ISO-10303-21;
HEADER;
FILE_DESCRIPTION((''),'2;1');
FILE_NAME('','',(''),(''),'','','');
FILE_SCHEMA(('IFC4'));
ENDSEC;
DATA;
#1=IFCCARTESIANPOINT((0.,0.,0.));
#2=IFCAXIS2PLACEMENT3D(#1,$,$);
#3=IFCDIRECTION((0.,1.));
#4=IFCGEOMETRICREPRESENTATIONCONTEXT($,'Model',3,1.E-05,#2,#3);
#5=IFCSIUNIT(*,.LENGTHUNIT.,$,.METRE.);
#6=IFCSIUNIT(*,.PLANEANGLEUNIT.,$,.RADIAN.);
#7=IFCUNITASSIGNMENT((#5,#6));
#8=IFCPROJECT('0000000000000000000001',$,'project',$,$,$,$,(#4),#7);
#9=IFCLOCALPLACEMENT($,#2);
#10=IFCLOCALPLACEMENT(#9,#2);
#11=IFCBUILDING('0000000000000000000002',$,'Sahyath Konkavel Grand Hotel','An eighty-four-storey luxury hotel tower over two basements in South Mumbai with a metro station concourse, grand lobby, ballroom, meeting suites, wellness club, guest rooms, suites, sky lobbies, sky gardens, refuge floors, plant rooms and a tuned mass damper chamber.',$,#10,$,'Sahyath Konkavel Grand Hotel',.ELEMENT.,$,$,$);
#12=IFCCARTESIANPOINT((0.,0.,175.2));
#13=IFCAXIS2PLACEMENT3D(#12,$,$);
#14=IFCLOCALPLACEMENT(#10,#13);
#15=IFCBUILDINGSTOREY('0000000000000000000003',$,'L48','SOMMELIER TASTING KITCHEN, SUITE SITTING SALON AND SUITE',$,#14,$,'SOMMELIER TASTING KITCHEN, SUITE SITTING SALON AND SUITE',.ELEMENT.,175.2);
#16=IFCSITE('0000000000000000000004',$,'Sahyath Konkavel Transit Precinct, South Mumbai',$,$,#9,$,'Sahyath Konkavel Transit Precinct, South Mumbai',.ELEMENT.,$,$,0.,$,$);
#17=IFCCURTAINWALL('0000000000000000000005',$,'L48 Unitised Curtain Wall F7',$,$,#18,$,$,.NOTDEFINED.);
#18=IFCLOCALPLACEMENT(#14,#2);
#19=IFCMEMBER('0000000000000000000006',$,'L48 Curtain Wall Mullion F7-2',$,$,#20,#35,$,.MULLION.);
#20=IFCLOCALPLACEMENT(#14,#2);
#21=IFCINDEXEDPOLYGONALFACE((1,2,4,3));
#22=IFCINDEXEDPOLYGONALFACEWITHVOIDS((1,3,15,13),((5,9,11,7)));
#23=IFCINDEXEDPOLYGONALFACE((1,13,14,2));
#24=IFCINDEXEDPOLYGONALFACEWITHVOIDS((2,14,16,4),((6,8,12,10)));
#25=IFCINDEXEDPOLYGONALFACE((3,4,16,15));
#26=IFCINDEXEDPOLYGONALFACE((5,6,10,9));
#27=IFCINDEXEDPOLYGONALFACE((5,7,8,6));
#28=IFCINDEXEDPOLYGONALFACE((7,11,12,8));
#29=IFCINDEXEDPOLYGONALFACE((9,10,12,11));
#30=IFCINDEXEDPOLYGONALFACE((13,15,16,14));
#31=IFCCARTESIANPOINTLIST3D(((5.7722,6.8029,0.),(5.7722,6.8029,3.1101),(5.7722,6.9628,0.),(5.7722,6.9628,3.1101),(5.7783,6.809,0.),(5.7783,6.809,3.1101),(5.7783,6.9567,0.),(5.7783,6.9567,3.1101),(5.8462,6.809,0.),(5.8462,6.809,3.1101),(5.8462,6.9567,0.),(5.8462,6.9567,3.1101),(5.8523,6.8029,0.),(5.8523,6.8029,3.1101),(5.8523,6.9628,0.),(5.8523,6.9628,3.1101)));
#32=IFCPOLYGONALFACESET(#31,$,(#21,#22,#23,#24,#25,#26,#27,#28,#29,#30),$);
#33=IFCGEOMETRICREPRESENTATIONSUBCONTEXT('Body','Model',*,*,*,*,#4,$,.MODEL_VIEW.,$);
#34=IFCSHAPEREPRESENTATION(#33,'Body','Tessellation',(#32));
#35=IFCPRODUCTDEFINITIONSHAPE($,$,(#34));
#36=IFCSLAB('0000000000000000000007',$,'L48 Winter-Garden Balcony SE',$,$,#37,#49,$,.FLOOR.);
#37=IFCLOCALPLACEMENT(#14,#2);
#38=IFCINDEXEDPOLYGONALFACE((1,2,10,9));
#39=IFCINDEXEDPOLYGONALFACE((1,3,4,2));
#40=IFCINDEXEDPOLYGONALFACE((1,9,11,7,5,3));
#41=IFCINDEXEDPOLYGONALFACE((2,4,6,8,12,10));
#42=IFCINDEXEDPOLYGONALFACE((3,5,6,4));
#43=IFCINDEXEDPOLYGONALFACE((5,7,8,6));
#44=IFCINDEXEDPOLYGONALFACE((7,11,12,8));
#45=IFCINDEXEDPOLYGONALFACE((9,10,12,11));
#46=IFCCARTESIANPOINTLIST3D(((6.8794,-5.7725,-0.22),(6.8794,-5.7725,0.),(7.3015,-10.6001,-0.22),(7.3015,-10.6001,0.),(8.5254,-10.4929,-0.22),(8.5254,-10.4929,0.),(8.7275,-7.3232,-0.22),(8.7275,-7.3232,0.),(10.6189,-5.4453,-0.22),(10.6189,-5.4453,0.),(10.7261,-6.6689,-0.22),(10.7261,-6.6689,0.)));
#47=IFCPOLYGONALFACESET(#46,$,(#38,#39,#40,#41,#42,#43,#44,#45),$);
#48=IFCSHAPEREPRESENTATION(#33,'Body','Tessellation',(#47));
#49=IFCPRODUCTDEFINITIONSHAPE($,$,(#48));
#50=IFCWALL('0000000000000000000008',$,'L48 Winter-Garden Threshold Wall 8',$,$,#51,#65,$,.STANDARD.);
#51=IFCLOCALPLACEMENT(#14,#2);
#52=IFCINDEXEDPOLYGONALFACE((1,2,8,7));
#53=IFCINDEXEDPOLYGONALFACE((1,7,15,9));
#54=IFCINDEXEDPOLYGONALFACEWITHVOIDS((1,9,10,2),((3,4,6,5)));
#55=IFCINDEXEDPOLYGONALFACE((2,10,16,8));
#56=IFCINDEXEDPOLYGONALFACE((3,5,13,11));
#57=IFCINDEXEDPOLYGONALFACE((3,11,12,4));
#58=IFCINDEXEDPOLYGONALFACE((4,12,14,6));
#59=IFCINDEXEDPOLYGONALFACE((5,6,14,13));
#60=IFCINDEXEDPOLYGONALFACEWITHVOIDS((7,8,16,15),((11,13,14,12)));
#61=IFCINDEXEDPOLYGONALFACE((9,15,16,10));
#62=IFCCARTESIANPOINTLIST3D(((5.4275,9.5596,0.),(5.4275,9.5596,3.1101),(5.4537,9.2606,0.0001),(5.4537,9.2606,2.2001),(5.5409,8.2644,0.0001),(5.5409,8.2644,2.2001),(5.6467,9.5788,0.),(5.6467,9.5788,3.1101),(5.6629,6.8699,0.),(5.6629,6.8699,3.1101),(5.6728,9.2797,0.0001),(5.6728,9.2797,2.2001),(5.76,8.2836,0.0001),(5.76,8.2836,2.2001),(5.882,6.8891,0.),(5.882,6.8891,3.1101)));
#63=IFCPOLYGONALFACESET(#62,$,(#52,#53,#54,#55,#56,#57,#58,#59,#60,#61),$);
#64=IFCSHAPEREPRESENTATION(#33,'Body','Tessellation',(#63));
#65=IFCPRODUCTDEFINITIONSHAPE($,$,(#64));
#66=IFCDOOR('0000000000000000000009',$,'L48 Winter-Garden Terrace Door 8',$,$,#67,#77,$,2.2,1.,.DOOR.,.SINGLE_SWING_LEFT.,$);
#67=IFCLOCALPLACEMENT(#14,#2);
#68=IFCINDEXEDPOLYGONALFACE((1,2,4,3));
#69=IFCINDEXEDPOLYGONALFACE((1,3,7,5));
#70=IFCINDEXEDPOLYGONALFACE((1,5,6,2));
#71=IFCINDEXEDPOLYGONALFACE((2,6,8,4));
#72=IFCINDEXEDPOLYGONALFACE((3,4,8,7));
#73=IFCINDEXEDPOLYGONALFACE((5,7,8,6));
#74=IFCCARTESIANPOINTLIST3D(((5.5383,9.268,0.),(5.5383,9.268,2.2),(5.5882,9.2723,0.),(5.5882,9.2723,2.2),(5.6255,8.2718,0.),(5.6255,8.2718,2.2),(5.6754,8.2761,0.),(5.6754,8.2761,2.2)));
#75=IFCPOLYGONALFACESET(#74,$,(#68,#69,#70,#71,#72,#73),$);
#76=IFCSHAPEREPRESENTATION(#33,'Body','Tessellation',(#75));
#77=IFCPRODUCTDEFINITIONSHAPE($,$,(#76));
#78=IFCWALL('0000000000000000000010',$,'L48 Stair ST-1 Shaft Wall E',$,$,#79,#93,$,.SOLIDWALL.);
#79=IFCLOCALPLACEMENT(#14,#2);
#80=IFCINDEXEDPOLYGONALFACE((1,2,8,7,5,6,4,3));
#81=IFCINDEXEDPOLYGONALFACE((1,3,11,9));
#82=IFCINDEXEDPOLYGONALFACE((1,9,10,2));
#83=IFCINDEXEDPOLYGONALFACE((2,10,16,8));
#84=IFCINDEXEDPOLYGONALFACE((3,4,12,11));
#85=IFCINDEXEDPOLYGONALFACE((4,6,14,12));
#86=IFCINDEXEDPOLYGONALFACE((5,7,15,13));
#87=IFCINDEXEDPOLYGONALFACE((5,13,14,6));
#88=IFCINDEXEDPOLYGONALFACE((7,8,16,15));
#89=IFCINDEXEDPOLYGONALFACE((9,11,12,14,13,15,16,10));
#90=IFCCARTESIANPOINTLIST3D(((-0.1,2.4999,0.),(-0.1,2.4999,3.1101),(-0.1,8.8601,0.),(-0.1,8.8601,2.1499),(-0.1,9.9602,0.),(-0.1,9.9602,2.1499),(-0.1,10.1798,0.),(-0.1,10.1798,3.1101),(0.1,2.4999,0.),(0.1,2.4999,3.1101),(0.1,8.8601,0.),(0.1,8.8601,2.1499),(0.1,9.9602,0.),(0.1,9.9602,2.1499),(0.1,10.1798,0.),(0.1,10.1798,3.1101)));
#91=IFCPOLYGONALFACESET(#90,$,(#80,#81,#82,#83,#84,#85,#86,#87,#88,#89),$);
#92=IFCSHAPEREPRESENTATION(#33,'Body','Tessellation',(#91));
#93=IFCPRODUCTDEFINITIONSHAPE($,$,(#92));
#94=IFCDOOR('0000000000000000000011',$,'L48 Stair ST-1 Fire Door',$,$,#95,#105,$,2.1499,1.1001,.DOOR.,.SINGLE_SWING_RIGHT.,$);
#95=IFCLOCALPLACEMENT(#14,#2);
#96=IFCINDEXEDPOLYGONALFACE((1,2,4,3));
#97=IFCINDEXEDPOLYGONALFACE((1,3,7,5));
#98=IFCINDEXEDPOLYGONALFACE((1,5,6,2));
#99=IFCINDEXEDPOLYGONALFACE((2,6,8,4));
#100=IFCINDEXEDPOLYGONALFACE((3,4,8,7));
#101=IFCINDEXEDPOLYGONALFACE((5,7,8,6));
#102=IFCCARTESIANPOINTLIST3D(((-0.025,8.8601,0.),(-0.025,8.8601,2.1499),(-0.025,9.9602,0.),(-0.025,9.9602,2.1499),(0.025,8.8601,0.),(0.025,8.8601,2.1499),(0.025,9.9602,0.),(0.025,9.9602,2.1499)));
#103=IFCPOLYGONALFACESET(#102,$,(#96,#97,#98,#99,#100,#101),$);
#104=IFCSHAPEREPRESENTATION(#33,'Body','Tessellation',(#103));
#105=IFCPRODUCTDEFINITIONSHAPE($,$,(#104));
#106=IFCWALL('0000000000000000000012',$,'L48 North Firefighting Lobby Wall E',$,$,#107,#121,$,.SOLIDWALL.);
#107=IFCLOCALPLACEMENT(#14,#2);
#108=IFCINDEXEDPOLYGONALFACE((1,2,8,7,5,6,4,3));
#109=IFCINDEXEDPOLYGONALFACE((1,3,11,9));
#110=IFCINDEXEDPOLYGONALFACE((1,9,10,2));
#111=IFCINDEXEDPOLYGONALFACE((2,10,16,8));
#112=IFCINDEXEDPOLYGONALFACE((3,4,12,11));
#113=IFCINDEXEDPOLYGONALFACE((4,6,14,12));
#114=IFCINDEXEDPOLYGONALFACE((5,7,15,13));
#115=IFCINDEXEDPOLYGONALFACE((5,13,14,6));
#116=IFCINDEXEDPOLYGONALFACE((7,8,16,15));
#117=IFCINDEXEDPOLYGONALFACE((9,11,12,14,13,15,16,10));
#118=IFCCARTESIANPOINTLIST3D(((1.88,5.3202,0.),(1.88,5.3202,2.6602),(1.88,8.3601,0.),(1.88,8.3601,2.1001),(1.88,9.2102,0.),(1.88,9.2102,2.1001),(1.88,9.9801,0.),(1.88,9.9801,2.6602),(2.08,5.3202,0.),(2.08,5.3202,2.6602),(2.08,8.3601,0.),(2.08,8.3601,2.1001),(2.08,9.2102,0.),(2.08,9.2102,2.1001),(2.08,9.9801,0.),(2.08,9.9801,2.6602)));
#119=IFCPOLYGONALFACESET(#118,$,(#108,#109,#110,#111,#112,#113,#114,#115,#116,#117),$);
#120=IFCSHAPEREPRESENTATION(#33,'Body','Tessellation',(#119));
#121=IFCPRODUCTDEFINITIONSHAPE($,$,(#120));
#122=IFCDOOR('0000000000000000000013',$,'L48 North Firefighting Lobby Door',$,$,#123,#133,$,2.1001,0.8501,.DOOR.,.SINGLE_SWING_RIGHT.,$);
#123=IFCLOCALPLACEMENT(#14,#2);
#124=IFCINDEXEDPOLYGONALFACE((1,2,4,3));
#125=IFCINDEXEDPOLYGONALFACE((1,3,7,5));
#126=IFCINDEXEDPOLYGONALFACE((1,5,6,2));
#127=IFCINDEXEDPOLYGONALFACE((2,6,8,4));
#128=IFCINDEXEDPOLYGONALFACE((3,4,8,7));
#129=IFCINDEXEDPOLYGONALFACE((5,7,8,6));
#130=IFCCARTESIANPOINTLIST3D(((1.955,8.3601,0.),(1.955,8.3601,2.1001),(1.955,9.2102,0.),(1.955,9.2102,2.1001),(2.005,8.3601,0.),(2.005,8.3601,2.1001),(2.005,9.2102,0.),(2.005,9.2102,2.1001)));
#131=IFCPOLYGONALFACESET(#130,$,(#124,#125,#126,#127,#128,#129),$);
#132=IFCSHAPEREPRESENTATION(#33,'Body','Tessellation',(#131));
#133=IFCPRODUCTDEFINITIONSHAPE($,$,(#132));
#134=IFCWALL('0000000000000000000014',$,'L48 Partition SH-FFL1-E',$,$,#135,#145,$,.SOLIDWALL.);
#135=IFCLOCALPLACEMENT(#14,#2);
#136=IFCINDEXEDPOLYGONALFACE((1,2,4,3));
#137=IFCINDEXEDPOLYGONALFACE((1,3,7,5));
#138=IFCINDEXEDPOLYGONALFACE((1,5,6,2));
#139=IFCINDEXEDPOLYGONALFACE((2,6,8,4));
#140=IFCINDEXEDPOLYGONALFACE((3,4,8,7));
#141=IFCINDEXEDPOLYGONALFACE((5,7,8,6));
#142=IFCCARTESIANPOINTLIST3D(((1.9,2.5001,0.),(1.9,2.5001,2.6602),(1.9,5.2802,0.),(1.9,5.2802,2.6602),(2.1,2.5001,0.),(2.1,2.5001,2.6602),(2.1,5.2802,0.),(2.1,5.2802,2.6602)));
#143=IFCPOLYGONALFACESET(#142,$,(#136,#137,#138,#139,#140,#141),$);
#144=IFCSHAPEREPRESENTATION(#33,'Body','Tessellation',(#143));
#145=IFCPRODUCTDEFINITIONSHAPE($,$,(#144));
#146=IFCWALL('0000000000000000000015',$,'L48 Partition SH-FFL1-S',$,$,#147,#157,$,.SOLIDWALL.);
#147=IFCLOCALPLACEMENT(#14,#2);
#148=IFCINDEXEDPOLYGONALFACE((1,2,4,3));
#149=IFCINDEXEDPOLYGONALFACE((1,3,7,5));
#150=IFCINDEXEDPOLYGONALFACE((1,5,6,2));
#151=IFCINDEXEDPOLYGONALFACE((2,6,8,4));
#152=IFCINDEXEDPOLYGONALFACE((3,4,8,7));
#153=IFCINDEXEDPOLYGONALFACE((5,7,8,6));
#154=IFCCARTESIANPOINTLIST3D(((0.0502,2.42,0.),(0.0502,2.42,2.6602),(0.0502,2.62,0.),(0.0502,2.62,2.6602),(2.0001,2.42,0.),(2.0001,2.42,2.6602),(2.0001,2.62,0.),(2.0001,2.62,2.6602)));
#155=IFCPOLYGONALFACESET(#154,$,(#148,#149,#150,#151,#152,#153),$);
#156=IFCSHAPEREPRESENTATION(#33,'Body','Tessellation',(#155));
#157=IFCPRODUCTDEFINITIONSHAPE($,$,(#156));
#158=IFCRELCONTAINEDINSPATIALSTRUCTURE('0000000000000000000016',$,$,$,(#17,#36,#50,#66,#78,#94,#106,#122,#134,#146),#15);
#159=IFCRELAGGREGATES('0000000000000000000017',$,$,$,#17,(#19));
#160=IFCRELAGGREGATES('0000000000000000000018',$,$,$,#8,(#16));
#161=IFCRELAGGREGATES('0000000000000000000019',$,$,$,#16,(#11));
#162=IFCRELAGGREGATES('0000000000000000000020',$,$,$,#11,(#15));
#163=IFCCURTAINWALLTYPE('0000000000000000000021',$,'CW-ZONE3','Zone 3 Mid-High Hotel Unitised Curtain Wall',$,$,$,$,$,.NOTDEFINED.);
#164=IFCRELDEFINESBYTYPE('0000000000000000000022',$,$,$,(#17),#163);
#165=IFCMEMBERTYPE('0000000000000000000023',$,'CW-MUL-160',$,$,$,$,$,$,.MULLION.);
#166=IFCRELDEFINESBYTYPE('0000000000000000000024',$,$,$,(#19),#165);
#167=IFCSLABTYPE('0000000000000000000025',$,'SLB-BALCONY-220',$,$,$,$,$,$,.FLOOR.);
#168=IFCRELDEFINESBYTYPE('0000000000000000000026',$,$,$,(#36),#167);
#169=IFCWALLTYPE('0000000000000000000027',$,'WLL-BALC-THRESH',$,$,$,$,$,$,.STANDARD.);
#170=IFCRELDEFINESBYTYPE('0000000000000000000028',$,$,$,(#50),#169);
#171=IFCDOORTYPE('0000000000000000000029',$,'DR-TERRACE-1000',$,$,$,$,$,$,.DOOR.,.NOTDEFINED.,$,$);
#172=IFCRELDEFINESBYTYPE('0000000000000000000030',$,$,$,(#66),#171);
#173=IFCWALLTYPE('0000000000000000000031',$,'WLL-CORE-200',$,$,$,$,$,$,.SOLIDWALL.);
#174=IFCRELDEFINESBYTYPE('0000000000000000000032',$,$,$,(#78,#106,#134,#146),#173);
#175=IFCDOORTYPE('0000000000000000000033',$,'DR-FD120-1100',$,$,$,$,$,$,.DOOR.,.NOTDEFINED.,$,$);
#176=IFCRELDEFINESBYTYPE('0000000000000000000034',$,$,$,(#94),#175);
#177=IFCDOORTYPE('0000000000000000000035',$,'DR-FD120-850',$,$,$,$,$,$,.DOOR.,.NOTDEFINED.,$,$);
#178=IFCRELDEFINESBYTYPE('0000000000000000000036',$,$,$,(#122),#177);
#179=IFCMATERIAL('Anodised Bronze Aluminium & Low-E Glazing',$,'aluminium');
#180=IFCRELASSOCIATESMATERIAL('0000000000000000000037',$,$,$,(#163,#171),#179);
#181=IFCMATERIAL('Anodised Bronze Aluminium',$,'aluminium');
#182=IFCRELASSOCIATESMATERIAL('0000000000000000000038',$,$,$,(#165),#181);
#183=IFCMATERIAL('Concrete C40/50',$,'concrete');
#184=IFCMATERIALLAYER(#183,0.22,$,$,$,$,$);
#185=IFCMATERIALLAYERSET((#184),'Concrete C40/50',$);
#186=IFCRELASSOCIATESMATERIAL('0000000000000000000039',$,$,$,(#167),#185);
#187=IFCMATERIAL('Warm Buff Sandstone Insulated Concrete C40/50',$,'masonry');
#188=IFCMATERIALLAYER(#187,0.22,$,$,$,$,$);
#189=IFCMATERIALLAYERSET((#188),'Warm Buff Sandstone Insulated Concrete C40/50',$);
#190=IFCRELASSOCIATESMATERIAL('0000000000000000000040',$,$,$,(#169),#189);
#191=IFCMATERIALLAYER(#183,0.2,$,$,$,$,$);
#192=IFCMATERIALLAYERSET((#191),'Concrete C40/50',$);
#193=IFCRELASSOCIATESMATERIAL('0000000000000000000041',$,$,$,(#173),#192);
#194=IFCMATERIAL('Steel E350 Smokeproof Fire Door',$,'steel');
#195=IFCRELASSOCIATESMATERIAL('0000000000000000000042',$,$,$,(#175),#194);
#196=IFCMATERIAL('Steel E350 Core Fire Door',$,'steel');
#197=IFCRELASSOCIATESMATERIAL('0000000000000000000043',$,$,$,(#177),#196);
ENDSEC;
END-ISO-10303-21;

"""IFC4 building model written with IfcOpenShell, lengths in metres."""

from ifc_helpers import new_model, si_unit, direction, frame, frame_2d, origin, origin_2d, place, context, subcontext, project, spatial, polyline, rectangle, hollow_rectangle, outline, extrude, source, transform, mapped, material, layer, layer_set, material_profile, profile_set, type_object, element, fill, aggregate, save


model = new_model("IFC4")

# Units and contexts
model_context = context("Model", 3, precision=1e-05, world=origin(), true_north=direction((0.0, 1.0)))
body_context = subcontext(model_context, "Body", "Model", "MODEL_VIEW")
ifc_project = project(units=[si_unit("LENGTHUNIT", "METRE"), si_unit("PLANEANGLEUNIT", "RADIAN")], contexts=[model_context])

# Site, building, storey
site_placement = place(None, origin())
site = spatial("IfcSite", under=ifc_project, at=site_placement, Name="Sahyath Konkavel Transit Precinct, South Mumbai", LongName="Sahyath Konkavel Transit Precinct, South Mumbai", CompositionType="ELEMENT", RefElevation=0.0)
building_placement = place(site_placement, origin())
building = spatial("IfcBuilding", under=site, at=building_placement, Name="Sahyath Konkavel Grand Hotel", Description="An eighty-four-storey luxury hotel tower over two basements in South Mumbai with a metro station concourse, grand lobby, ballroom, meeting suites, wellness club, guest rooms, suites, sky lobbies, sky gardens, refuge floors, plant rooms and a tuned mass damper chamber.", LongName="Sahyath Konkavel Grand Hotel", CompositionType="ELEMENT")
storey_placement = place(building_placement, frame((0.0, 0.0, 175.2)))
storey = spatial("IfcBuildingStorey", under=building, at=storey_placement, Name="L48", Description="SOMMELIER TASTING KITCHEN, SUITE SITTING SALON AND SUITE", LongName="SOMMELIER TASTING KITCHEN, SUITE SITTING SALON AND SUITE", CompositionType="ELEMENT", Elevation=175.2)

# Curtain wall, member
ifc_material_1 = material(Name="Anodised Bronze Aluminium & Low-E Glazing", Category="aluminium")
curtain_wall_type = type_object("IfcCurtainWallType", Name="CW-ZONE3", Description="Zone 3 Mid-High Hotel Unitised Curtain Wall", PredefinedType="NOTDEFINED", material=ifc_material_1)
curtain_wall_placement = place(storey_placement, origin())
curtain_wall = element("IfcCurtainWall", 1, at=curtain_wall_placement, inside=storey, type_object=curtain_wall_type, Name="L48 Unitised Curtain Wall F7", PredefinedType="NOTDEFINED")
ifc_material_2 = material(Name="Anodised Bronze Aluminium", Category="aluminium")
ifc_material_profile_1 = material_profile(ifc_material_2, hollow_rectangle(XDim=0.0801, YDim=0.1599, WallThickness=0.0061, at=origin_2d()), Name="RHS 160x80x6")
ifc_profile_set_1 = profile_set([ifc_material_profile_1], Name="Anodised Bronze Aluminium")
member_type = type_object("IfcMemberType", Name="CW-MUL-160", PredefinedType="MULLION", material=ifc_profile_set_1)
shared_shape_1 = source(origin(), body_context, "Body", "SweptSolid", [
    extrude(hollow_rectangle(XDim=0.0801, YDim=0.1599, WallThickness=0.0061, at=origin_2d()), origin(), (0.0, 0.0, 1.0), 3.1101),
])
member_placement = place(storey_placement, frame((5.8123, 6.8828, 0.0), z_axis=(0.0, 0.0, 1.0), x_axis=(1.0, 0.0, 0.0)))
member = element("IfcMember", 2, at=member_placement, type_object=member_type, Name="L48 Curtain Wall Mullion F7-2", PredefinedType="MULLION", context=body_context, shape_type="MappedRepresentation", body=[
    mapped(shared_shape_1, transform((0.0, 0.0, 0.0), scale=1.0)),
])
aggregate(curtain_wall, [member])

# Slab
ifc_material_3 = material(Name="Concrete C40/50", Category="concrete")
ifc_layer_1 = layer(ifc_material_3, 0.22)
ifc_layer_set_1 = layer_set([ifc_layer_1], Name="Concrete C40/50")
slab_type = type_object("IfcSlabType", Name="SLB-BALCONY-220", PredefinedType="FLOOR", material=ifc_layer_set_1)
slab_placement = place(storey_placement, frame((0.0, 0.0, -0.22)))
element("IfcSlab", 3, at=slab_placement, inside=storey, type_object=slab_type, Name="L48 Winter-Garden Balcony SE", PredefinedType="FLOOR", context=body_context, shape_type="SweptSolid", body=[
    extrude(outline(polyline([(6.8794, -5.7725), (7.3015, -10.6001), (8.5254, -10.4929), (8.7275, -7.3232), (10.7261, -6.6689), (10.6189, -5.4453), (6.8794, -5.7725)])), origin(), (0.0, 0.0, 1.0), 0.22),
])

# Walls, openings, doors
ifc_material_4 = material(Name="Warm Buff Sandstone Insulated Concrete C40/50", Category="masonry")
ifc_layer_2 = layer(ifc_material_4, 0.22)
ifc_layer_set_2 = layer_set([ifc_layer_2], Name="Warm Buff Sandstone Insulated Concrete C40/50")
wall_type_1 = type_object("IfcWallType", Name="WLL-BALC-THRESH", PredefinedType="STANDARD", material=ifc_layer_set_2)
wall_1_placement = place(storey_placement, frame((5.7725, 6.8794, 0.0), z_axis=(0.0, 0.0, 1.0), x_axis=(-0.087168, 0.996194, 0.0)))
wall_1 = element("IfcWall", 4, at=wall_1_placement, inside=storey, type_object=wall_type_1, Name="L48 Winter-Garden Threshold Wall 8", PredefinedType="STANDARD", context=body_context, shape_type="SweptSolid", body=[
    extrude(rectangle(XDim=2.7, YDim=0.22, at=frame_2d((1.3501, 0.0))), origin(), (0.0, 0.0, 1.0), 3.1101),
])
opening_1_placement = place(wall_1_placement, frame((1.3999, 0.0, 0.0)))
opening_1 = element("IfcOpeningElement", 5, at=opening_1_placement, cuts=wall_1, PredefinedType="OPENING", context=body_context, shape_type="SweptSolid", body=[
    extrude(rectangle(XDim=1.0, YDim=2.2, at=frame_2d((0.5, 1.1001))), frame((0.0, 0.1201, 0.0), z_axis=(0.0, -1.0, 0.0), x_axis=(1.0, 0.0, 0.0)), (0.0, 0.0, 1.0), 0.24),
])
door_type_1 = type_object("IfcDoorType", Name="DR-TERRACE-1000", OperationType="NOTDEFINED", PredefinedType="DOOR", material=ifc_material_1)
shared_shape_2 = source(origin(), body_context, "Body", "SweptSolid", [
    extrude(rectangle(XDim=1.0, YDim=0.05, at=origin_2d()), origin(), (0.0, 0.0, 1.0), 2.2),
])
door_1_placement = place(opening_1_placement, frame((0.5, 0.0, 0.0)))
door_1 = element("IfcDoor", 6, at=door_1_placement, inside=storey, type_object=door_type_1, Name="L48 Winter-Garden Terrace Door 8", OperationType="SINGLE_SWING_LEFT", OverallHeight=2.2, OverallWidth=1.0, PredefinedType="DOOR", context=body_context, shape_type="MappedRepresentation", body=[
    mapped(shared_shape_2, transform((0.0, 0.0, 0.0), scale=1.0)),
])
fill(opening_1, door_1)
ifc_layer_3 = layer(ifc_material_3, 0.2)
ifc_layer_set_3 = layer_set([ifc_layer_3], Name="Concrete C40/50")
wall_type_2 = type_object("IfcWallType", Name="WLL-CORE-200", PredefinedType="SOLIDWALL", material=ifc_layer_set_3)
wall_2_placement = place(storey_placement, frame((0.0, 2.5, 0.0), z_axis=(0.0, 0.0, 1.0), x_axis=(0.0, 1.0, 0.0)))
wall_2 = element("IfcWall", 7, at=wall_2_placement, inside=storey, type_object=wall_type_2, Name="L48 Stair ST-1 Shaft Wall E", PredefinedType="SOLIDWALL", context=body_context, shape_type="SweptSolid", body=[
    extrude(rectangle(XDim=7.6799, YDim=0.2, at=frame_2d((3.8398, 0.0))), origin(), (0.0, 0.0, 1.0), 3.1101),
])
opening_2_placement = place(wall_2_placement, frame((6.3601, 0.0, 0.0)))
opening_2 = element("IfcOpeningElement", 8, at=opening_2_placement, cuts=wall_2, PredefinedType="OPENING", context=body_context, shape_type="SweptSolid", body=[
    extrude(rectangle(XDim=1.1001, YDim=2.1499, at=frame_2d((0.55, 1.075))), frame((0.0, 0.1099, 0.0), z_axis=(0.0, -1.0, 0.0), x_axis=(1.0, 0.0, 0.0)), (0.0, 0.0, 1.0), 0.22),
])
ifc_material_5 = material(Name="Steel E350 Smokeproof Fire Door", Category="steel")
door_type_2 = type_object("IfcDoorType", Name="DR-FD120-1100", OperationType="NOTDEFINED", PredefinedType="DOOR", material=ifc_material_5)
shared_shape_3 = source(origin(), body_context, "Body", "SweptSolid", [
    extrude(rectangle(XDim=1.1001, YDim=0.05, at=origin_2d()), origin(), (0.0, 0.0, 1.0), 2.1499),
])
door_2_placement = place(opening_2_placement, frame((0.55, 0.0, 0.0)))
door_2 = element("IfcDoor", 9, at=door_2_placement, inside=storey, type_object=door_type_2, Name="L48 Stair ST-1 Fire Door", OperationType="SINGLE_SWING_RIGHT", OverallHeight=2.1499, OverallWidth=1.1001, PredefinedType="DOOR", context=body_context, shape_type="MappedRepresentation", body=[
    mapped(shared_shape_3, transform((0.0, 0.0, 0.0), scale=1.0)),
])
fill(opening_2, door_2)
wall_3_placement = place(storey_placement, frame((1.98, 5.3201, 0.0), z_axis=(0.0, 0.0, 1.0), x_axis=(0.0, 1.0, 0.0)))
wall_3 = element("IfcWall", 10, at=wall_3_placement, inside=storey, type_object=wall_type_2, Name="L48 North Firefighting Lobby Wall E", PredefinedType="SOLIDWALL", context=body_context, shape_type="SweptSolid", body=[
    extrude(rectangle(XDim=4.6599, YDim=0.2, at=frame_2d((2.3301, 0.0))), origin(), (0.0, 0.0, 1.0), 2.6602),
])
opening_3_placement = place(wall_3_placement, frame((3.04, 0.0, 0.0)))
opening_3 = element("IfcOpeningElement", 11, at=opening_3_placement, cuts=wall_3, PredefinedType="OPENING", context=body_context, shape_type="SweptSolid", body=[
    extrude(rectangle(XDim=0.8501, YDim=2.1001, at=frame_2d((0.425, 1.05))), frame((0.0, 0.1099, 0.0), z_axis=(0.0, -1.0, 0.0), x_axis=(1.0, 0.0, 0.0)), (0.0, 0.0, 1.0), 0.22),
])
ifc_material_6 = material(Name="Steel E350 Core Fire Door", Category="steel")
door_type_3 = type_object("IfcDoorType", Name="DR-FD120-850", OperationType="NOTDEFINED", PredefinedType="DOOR", material=ifc_material_6)
shared_shape_4 = source(origin(), body_context, "Body", "SweptSolid", [
    extrude(rectangle(XDim=0.8501, YDim=0.05, at=origin_2d()), origin(), (0.0, 0.0, 1.0), 2.1001),
])
door_3_placement = place(opening_3_placement, frame((0.425, 0.0, 0.0)))
door_3 = element("IfcDoor", 12, at=door_3_placement, inside=storey, type_object=door_type_3, Name="L48 North Firefighting Lobby Door", OperationType="SINGLE_SWING_RIGHT", OverallHeight=2.1001, OverallWidth=0.8501, PredefinedType="DOOR", context=body_context, shape_type="MappedRepresentation", body=[
    mapped(shared_shape_4, transform((0.0, 0.0, 0.0), scale=1.0)),
])
fill(opening_3, door_3)

# Walls
wall_4_placement = place(storey_placement, frame((2.0, 2.5, 0.0), z_axis=(0.0, 0.0, 1.0), x_axis=(0.0, 1.0, 0.0)))
element("IfcWall", 13, at=wall_4_placement, inside=storey, type_object=wall_type_2, Name="L48 Partition SH-FFL1-E", PredefinedType="SOLIDWALL", context=body_context, shape_type="SweptSolid", body=[
    extrude(rectangle(XDim=2.78, YDim=0.2, at=frame_2d((1.3901, 0.0))), origin(), (0.0, 0.0, 1.0), 2.6602),
])
wall_5_placement = place(storey_placement, frame((0.05, 2.52, 0.0), z_axis=(0.0, 0.0, 1.0), x_axis=(1.0, 0.0, 0.0)))
element("IfcWall", 14, at=wall_5_placement, inside=storey, type_object=wall_type_2, Name="L48 Partition SH-FFL1-S", PredefinedType="SOLIDWALL", context=body_context, shape_type="SweptSolid", body=[
    extrude(rectangle(XDim=1.95, YDim=0.2, at=frame_2d((0.9751, 0.0))), origin(), (0.0, 0.0, 1.0), 2.6602),
])

save(model, "model.ifc")
